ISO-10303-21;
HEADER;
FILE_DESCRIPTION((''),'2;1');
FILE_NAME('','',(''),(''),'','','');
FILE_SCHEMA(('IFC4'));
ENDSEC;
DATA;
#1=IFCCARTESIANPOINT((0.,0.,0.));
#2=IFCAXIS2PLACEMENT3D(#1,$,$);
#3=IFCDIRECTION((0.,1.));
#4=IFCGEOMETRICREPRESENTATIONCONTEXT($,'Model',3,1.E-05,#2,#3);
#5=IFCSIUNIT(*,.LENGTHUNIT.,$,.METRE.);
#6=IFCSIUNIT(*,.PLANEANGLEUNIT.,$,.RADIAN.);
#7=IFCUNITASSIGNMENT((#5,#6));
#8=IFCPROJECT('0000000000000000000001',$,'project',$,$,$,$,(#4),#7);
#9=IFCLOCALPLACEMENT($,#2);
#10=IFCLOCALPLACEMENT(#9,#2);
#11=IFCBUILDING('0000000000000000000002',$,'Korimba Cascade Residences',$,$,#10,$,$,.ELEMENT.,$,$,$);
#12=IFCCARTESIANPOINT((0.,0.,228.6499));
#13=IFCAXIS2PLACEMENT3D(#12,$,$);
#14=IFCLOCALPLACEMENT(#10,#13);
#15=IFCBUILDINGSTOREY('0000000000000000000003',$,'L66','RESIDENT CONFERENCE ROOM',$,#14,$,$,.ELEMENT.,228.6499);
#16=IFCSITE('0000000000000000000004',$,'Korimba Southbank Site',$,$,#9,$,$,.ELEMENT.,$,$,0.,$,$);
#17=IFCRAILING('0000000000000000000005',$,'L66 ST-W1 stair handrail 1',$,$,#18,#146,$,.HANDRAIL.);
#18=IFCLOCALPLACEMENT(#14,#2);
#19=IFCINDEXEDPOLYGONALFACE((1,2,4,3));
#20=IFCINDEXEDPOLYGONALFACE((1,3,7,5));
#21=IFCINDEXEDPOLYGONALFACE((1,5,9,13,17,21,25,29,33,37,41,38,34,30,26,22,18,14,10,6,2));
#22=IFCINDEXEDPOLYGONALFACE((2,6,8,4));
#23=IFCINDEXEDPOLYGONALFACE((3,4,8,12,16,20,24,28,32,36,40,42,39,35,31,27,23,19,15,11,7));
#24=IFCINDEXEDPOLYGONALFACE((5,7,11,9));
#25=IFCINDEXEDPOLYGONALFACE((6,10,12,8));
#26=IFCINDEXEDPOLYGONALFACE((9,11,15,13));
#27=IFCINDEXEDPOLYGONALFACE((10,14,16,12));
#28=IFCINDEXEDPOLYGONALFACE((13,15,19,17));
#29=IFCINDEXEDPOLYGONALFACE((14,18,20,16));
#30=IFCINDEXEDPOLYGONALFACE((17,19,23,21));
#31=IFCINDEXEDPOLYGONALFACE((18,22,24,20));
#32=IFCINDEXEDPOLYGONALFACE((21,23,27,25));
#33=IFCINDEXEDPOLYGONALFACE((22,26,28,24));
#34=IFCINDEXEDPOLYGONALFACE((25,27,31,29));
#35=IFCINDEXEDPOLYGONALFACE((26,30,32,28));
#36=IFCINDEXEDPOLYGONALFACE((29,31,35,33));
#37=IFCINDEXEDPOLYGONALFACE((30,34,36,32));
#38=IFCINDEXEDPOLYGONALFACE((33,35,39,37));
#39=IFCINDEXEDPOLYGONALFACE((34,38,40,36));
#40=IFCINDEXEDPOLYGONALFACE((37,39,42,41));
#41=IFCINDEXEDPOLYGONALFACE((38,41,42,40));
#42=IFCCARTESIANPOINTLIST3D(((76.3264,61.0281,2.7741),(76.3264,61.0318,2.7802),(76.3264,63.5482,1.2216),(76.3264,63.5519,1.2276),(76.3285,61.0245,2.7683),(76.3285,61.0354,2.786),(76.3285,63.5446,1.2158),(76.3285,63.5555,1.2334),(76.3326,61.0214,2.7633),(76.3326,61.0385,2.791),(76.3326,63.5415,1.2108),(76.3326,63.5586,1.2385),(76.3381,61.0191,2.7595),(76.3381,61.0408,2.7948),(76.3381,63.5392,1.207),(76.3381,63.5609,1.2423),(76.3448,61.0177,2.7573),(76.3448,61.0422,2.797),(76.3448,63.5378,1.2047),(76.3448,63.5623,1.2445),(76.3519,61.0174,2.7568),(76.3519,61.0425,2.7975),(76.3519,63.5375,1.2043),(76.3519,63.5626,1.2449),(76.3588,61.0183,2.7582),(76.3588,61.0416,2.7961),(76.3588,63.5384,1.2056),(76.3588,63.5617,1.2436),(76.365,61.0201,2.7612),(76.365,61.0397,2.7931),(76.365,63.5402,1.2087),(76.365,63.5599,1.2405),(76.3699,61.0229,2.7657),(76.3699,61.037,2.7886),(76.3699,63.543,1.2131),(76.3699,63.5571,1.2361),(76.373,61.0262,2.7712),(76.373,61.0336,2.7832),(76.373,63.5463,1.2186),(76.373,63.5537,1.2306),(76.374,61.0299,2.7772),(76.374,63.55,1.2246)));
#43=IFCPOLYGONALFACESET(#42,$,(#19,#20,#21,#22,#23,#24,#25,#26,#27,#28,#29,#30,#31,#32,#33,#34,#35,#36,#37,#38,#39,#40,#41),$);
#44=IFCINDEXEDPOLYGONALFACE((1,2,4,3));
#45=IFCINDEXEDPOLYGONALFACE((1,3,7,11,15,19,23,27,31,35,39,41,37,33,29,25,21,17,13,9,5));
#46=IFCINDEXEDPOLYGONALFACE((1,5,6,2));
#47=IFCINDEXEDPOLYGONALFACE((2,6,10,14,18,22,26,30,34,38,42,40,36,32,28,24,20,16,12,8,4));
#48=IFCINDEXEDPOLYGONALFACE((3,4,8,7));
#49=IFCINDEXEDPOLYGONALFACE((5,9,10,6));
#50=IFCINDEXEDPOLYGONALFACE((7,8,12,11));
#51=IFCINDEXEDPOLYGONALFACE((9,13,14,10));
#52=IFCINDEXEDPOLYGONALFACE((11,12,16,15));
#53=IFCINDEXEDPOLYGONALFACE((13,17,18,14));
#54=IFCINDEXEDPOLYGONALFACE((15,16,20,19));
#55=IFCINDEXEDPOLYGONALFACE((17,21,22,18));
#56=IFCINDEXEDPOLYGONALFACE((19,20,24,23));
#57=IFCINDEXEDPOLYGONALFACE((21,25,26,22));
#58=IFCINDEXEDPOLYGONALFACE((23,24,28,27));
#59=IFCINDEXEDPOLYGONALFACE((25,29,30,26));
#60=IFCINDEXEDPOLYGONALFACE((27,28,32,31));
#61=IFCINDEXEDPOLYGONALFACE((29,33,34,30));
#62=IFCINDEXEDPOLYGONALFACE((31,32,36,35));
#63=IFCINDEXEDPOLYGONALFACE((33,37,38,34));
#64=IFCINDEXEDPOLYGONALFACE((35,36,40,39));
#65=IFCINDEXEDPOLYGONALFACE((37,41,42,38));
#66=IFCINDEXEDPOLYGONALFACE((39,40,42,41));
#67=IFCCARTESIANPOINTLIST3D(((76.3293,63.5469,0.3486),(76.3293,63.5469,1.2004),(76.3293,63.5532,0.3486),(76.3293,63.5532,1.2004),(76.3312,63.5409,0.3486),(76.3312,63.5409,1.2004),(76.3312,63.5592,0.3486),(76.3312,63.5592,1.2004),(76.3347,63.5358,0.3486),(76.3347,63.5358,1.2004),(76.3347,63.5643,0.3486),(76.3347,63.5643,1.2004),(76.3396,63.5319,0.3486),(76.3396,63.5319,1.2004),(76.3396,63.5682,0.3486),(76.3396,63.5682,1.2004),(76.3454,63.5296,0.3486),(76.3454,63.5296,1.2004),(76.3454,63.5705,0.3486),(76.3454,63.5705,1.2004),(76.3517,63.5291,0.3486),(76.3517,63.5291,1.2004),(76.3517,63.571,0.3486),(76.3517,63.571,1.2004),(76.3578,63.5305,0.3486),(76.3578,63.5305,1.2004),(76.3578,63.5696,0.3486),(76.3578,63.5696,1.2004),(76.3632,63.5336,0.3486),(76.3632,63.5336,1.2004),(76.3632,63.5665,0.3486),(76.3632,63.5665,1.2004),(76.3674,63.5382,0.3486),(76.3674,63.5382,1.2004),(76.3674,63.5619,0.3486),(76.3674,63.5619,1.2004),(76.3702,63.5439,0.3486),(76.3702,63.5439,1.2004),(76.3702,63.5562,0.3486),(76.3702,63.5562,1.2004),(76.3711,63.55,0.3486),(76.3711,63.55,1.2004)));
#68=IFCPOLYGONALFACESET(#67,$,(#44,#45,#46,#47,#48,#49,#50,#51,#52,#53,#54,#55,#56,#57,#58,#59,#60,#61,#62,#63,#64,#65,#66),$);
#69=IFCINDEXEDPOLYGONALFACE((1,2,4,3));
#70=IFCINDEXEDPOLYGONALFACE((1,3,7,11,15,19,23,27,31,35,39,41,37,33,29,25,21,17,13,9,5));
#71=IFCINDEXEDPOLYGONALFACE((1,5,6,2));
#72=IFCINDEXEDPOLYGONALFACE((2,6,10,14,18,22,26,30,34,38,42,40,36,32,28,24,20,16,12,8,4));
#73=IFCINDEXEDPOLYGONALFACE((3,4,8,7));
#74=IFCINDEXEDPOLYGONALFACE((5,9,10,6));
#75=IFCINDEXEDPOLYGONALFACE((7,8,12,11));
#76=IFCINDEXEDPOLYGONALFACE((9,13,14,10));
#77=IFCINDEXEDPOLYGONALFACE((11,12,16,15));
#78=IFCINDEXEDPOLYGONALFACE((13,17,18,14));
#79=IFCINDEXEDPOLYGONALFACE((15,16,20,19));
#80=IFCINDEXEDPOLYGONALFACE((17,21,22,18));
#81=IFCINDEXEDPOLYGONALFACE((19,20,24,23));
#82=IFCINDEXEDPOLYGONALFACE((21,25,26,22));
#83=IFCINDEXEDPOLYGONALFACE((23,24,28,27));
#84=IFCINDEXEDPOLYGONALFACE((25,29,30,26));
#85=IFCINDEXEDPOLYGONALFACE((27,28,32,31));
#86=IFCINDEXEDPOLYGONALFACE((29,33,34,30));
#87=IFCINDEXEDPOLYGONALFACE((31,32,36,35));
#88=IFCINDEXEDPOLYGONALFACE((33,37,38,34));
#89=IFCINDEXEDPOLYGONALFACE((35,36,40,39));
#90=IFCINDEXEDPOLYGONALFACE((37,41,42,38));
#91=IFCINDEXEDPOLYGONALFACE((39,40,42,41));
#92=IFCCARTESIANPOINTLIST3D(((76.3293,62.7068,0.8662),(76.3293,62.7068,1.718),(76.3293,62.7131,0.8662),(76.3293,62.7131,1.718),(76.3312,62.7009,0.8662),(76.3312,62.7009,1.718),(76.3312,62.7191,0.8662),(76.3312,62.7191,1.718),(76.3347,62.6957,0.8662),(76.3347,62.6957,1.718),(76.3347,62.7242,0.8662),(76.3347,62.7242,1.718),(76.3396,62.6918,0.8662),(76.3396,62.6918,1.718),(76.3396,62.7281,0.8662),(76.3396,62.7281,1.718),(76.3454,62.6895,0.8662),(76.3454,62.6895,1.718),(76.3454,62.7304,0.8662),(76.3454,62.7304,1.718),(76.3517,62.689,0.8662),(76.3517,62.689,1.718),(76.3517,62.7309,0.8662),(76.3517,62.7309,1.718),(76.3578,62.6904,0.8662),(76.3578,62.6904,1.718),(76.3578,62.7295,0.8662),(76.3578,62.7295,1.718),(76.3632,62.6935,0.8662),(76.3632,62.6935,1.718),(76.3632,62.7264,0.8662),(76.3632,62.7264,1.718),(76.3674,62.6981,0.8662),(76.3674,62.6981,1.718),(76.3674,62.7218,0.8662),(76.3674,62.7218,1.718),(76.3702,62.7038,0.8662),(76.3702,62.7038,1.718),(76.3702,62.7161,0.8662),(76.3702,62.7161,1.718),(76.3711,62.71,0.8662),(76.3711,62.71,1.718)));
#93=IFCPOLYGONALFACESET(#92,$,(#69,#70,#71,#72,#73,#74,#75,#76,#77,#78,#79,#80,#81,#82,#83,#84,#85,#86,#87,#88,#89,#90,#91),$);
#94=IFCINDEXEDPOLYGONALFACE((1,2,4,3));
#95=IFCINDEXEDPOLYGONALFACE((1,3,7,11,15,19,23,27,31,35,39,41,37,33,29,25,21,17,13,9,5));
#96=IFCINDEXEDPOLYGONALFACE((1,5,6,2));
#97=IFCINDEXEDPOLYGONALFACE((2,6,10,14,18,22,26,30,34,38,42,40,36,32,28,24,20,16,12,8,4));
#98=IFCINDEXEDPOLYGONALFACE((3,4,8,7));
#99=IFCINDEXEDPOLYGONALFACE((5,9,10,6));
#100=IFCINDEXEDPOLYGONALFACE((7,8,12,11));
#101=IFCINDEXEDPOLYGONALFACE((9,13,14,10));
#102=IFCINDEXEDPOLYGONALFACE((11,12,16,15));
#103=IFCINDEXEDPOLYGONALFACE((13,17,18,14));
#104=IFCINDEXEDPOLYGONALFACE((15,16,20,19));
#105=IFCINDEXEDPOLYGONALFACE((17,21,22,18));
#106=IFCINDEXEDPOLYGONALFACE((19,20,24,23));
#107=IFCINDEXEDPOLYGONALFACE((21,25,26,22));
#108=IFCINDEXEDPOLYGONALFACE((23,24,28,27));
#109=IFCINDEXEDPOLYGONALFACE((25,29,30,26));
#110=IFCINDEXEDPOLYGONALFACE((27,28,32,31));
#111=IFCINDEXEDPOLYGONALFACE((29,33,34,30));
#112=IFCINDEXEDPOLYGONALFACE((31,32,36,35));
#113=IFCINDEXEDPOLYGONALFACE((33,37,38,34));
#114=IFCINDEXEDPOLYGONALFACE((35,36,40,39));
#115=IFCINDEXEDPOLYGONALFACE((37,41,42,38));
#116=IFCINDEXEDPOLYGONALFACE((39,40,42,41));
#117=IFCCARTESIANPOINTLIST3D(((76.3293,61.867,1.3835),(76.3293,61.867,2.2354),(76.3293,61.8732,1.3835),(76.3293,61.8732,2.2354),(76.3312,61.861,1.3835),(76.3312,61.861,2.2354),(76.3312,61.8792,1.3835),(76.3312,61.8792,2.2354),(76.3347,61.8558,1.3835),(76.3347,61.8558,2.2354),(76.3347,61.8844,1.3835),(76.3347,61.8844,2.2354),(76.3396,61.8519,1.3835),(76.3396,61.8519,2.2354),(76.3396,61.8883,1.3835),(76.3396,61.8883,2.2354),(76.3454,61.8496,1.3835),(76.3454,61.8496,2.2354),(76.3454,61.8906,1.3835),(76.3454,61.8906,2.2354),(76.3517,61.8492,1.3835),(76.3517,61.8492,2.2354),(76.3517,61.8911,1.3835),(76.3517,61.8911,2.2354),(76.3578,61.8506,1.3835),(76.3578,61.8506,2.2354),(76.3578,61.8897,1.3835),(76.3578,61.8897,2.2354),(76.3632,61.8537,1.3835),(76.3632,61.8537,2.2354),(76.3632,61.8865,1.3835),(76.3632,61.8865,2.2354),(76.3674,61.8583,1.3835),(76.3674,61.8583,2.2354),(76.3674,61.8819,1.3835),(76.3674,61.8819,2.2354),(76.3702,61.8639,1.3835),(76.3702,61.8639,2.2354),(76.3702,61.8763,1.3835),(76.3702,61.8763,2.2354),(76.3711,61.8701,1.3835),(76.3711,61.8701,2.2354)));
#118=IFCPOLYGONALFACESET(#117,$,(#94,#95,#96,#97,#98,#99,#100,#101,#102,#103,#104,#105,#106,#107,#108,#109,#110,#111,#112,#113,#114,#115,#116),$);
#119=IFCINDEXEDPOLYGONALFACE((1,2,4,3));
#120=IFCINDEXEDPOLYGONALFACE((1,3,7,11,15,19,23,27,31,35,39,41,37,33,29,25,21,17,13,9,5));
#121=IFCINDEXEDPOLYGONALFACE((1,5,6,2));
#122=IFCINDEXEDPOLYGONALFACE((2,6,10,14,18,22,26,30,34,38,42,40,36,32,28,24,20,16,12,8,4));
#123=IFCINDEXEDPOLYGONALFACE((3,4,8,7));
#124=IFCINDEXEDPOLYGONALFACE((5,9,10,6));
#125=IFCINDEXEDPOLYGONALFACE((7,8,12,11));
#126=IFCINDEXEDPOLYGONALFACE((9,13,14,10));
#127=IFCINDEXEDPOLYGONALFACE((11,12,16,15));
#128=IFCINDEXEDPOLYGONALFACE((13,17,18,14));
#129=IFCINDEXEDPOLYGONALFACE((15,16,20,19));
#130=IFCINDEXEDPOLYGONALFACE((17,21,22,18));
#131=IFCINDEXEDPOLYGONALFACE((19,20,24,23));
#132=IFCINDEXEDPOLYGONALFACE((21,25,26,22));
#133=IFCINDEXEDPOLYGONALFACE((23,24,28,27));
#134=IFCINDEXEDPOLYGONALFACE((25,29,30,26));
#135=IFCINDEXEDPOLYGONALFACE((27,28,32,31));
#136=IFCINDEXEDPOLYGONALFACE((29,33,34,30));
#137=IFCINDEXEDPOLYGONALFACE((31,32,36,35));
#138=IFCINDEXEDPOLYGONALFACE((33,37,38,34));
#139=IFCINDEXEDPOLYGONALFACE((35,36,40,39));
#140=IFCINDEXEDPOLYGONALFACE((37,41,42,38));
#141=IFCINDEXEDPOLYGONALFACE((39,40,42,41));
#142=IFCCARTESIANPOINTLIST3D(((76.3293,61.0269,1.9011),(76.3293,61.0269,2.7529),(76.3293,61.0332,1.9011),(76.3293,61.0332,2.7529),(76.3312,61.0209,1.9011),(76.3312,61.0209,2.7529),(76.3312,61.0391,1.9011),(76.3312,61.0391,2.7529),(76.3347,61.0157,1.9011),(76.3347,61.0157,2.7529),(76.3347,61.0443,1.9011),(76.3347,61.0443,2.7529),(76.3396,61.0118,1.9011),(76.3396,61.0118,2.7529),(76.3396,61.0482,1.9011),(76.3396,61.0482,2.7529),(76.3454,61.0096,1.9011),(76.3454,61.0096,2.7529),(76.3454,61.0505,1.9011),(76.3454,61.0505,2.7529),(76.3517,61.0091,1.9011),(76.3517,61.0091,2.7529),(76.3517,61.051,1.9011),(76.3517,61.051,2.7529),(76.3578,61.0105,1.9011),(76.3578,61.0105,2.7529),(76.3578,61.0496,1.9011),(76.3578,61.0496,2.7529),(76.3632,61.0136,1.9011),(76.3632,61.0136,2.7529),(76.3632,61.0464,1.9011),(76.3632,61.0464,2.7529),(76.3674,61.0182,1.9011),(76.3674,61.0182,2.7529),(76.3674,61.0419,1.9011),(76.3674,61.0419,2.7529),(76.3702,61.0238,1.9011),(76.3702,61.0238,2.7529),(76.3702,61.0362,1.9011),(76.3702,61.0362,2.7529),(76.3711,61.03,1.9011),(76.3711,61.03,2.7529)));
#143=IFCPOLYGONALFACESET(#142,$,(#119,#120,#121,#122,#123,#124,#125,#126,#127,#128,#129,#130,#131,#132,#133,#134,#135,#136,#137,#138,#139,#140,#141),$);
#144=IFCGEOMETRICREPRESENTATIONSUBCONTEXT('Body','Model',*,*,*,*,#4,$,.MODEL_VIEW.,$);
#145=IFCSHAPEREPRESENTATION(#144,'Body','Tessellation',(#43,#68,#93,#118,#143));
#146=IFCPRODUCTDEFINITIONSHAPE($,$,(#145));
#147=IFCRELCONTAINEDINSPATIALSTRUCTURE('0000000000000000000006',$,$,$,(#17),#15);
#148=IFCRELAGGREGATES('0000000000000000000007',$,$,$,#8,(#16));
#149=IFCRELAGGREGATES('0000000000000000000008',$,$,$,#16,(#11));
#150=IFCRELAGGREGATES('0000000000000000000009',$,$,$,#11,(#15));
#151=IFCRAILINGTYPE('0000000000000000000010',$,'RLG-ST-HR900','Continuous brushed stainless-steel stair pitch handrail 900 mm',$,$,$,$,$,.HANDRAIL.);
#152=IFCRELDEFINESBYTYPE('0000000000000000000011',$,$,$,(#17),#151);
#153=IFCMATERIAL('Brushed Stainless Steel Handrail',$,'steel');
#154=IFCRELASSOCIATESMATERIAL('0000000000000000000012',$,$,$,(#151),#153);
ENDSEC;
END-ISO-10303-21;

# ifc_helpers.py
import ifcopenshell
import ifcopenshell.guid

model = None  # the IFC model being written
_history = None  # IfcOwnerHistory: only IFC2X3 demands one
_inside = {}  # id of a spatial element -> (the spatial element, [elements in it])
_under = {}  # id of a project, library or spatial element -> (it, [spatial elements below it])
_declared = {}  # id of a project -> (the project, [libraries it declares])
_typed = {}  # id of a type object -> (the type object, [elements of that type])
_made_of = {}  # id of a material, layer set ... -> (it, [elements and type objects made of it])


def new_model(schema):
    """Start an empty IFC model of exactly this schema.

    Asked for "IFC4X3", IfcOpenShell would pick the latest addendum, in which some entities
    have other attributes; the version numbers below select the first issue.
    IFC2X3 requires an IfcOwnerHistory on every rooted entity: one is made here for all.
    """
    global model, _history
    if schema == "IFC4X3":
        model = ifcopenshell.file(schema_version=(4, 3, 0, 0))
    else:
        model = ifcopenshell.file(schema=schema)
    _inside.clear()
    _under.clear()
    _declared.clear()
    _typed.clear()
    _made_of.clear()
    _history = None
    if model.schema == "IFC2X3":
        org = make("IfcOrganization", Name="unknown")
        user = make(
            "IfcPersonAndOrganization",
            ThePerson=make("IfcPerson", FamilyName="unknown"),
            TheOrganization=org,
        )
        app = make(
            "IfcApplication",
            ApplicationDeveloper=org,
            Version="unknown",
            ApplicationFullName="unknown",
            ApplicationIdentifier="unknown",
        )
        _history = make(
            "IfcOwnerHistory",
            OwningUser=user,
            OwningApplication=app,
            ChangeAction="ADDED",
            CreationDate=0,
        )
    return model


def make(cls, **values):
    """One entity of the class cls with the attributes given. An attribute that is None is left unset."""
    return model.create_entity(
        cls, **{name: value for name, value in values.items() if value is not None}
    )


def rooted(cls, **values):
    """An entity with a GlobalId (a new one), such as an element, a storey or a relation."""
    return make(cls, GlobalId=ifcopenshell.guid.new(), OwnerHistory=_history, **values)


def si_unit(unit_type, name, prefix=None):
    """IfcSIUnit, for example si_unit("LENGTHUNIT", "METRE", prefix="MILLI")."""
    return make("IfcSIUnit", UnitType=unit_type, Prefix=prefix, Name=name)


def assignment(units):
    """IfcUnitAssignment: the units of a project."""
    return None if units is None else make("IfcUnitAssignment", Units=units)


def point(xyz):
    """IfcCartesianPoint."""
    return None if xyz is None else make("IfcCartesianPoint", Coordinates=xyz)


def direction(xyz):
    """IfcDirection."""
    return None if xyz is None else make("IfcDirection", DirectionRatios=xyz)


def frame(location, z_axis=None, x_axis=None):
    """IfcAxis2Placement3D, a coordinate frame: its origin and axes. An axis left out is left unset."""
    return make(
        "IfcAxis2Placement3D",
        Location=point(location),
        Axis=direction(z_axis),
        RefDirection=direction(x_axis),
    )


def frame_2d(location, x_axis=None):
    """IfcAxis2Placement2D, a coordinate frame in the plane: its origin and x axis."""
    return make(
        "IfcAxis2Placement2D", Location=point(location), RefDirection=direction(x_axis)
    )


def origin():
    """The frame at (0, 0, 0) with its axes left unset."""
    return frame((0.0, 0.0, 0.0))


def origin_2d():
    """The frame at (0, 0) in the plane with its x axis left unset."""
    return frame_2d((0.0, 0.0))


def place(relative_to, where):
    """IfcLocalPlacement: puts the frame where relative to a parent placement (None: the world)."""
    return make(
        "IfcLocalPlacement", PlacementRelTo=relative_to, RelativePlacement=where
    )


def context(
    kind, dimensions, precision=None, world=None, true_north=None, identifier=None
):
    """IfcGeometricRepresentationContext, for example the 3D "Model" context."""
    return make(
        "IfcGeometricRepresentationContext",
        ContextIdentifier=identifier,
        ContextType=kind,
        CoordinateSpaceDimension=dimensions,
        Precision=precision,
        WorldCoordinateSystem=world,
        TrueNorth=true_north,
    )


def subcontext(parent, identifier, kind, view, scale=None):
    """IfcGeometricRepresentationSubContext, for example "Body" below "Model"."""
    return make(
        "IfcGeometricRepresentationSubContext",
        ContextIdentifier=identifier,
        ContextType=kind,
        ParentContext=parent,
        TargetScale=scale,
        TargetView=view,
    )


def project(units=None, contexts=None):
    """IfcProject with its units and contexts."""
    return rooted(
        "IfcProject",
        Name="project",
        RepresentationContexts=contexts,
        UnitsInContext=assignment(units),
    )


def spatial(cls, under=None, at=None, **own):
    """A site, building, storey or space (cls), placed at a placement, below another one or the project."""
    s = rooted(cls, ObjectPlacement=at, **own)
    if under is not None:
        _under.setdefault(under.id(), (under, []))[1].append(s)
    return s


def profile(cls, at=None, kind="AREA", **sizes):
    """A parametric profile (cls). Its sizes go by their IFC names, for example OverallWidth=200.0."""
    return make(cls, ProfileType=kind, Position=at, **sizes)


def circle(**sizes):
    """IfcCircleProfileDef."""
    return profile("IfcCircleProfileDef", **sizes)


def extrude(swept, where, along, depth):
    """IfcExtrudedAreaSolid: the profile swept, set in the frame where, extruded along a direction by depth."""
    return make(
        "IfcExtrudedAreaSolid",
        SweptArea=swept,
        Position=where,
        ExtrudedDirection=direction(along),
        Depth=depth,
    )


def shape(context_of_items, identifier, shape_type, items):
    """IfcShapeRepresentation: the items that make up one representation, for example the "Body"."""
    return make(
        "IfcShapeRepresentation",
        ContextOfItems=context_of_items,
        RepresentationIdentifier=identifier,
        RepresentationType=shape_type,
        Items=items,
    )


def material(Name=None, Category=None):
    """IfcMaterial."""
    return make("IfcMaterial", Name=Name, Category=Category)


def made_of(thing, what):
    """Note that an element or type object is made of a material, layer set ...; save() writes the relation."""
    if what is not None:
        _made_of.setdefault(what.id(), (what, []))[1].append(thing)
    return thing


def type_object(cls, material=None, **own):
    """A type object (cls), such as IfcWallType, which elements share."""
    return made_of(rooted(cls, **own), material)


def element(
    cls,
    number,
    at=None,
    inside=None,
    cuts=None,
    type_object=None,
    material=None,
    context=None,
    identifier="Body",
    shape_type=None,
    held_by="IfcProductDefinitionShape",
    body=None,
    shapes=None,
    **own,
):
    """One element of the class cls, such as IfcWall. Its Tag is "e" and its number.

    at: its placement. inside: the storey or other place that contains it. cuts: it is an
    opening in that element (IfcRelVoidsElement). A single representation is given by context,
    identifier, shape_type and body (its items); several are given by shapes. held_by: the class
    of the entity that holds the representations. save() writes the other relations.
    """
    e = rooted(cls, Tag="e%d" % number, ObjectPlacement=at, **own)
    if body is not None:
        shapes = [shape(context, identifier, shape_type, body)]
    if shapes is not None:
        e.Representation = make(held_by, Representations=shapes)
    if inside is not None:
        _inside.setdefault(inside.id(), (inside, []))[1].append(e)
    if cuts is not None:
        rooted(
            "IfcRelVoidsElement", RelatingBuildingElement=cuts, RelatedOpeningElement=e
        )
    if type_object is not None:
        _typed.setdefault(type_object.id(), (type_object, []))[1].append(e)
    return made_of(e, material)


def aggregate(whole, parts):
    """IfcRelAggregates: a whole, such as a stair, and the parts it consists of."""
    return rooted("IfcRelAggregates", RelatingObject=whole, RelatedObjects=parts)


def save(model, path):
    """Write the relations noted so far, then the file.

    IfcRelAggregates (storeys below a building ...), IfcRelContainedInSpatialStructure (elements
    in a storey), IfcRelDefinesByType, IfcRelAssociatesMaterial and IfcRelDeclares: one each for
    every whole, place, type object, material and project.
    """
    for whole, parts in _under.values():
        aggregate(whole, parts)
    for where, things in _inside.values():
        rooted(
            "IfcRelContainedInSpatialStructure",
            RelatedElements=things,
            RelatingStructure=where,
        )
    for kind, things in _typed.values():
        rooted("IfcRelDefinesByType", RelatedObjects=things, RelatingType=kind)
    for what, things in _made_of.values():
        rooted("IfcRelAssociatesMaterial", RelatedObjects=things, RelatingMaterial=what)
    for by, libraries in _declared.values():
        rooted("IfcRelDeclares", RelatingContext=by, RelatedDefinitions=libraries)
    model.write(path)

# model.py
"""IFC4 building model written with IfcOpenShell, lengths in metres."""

from ifc_helpers import new_model, si_unit, direction, frame, origin, origin_2d, place, context, subcontext, project, spatial, circle, extrude, material, type_object, element, save


model = new_model("IFC4")

# Units and contexts
model_context = context("Model", 3, precision=1e-05, world=origin(), true_north=direction((0.0, 1.0)))
body_context = subcontext(model_context, "Body", "Model", "MODEL_VIEW")
ifc_project = project(units=[si_unit("LENGTHUNIT", "METRE"), si_unit("PLANEANGLEUNIT", "RADIAN")], contexts=[model_context])

# Site, building, storey
site_placement = place(None, origin())
site = spatial("IfcSite", under=ifc_project, at=site_placement, Name="Korimba Southbank Site", CompositionType="ELEMENT", RefElevation=0.0)
building_placement = place(site_placement, origin())
building = spatial("IfcBuilding", under=site, at=building_placement, Name="Korimba Cascade Residences", CompositionType="ELEMENT")
storey_placement = place(building_placement, frame((0.0, 0.0, 228.6499)))
storey = spatial("IfcBuildingStorey", under=building, at=storey_placement, Name="L66", Description="RESIDENT CONFERENCE ROOM", CompositionType="ELEMENT", Elevation=228.6499)

# Railing
ifc_material_1 = material(Name="Brushed Stainless Steel Handrail", Category="steel")
railing_type_1 = type_object("IfcRailingType", Name="RLG-ST-HR900", Description="Continuous brushed stainless-steel stair pitch handrail 900 mm", PredefinedType="HANDRAIL", material=ifc_material_1)
railing_1_placement = place(storey_placement, frame((76.3501, 63.55, 0.3486)))
element("IfcRailing", 1, at=railing_1_placement, inside=storey, type_object=railing_type_1, Name="L66 ST-W1 stair handrail 1", PredefinedType="HANDRAIL", context=body_context, shape_type="SweptSolid", body=[
    extrude(circle(Radius=0.0239, at=origin_2d()), frame((0.0, 0.0, 0.876), z_axis=(0.0, -0.8514, 0.524516), x_axis=(1.0, 0.0, 0.0)), (0.0, 0.0, 1.0), 2.96),
    extrude(circle(Radius=0.021, at=origin_2d()), origin(), (0.0, 0.0, 1.0), 0.8518),
    extrude(circle(Radius=0.021, at=origin_2d()), frame((0.0, -0.8401, 0.5176)), (0.0, 0.0, 1.0), 0.8518),
    extrude(circle(Radius=0.021, at=origin_2d()), frame((0.0, -1.6799, 1.0349)), (0.0, 0.0, 1.0), 0.8518),
    extrude(circle(Radius=0.021, at=origin_2d()), frame((0.0, -2.52, 1.5525)), (0.0, 0.0, 1.0), 0.8518),
])

save(model, "model.ifc")
